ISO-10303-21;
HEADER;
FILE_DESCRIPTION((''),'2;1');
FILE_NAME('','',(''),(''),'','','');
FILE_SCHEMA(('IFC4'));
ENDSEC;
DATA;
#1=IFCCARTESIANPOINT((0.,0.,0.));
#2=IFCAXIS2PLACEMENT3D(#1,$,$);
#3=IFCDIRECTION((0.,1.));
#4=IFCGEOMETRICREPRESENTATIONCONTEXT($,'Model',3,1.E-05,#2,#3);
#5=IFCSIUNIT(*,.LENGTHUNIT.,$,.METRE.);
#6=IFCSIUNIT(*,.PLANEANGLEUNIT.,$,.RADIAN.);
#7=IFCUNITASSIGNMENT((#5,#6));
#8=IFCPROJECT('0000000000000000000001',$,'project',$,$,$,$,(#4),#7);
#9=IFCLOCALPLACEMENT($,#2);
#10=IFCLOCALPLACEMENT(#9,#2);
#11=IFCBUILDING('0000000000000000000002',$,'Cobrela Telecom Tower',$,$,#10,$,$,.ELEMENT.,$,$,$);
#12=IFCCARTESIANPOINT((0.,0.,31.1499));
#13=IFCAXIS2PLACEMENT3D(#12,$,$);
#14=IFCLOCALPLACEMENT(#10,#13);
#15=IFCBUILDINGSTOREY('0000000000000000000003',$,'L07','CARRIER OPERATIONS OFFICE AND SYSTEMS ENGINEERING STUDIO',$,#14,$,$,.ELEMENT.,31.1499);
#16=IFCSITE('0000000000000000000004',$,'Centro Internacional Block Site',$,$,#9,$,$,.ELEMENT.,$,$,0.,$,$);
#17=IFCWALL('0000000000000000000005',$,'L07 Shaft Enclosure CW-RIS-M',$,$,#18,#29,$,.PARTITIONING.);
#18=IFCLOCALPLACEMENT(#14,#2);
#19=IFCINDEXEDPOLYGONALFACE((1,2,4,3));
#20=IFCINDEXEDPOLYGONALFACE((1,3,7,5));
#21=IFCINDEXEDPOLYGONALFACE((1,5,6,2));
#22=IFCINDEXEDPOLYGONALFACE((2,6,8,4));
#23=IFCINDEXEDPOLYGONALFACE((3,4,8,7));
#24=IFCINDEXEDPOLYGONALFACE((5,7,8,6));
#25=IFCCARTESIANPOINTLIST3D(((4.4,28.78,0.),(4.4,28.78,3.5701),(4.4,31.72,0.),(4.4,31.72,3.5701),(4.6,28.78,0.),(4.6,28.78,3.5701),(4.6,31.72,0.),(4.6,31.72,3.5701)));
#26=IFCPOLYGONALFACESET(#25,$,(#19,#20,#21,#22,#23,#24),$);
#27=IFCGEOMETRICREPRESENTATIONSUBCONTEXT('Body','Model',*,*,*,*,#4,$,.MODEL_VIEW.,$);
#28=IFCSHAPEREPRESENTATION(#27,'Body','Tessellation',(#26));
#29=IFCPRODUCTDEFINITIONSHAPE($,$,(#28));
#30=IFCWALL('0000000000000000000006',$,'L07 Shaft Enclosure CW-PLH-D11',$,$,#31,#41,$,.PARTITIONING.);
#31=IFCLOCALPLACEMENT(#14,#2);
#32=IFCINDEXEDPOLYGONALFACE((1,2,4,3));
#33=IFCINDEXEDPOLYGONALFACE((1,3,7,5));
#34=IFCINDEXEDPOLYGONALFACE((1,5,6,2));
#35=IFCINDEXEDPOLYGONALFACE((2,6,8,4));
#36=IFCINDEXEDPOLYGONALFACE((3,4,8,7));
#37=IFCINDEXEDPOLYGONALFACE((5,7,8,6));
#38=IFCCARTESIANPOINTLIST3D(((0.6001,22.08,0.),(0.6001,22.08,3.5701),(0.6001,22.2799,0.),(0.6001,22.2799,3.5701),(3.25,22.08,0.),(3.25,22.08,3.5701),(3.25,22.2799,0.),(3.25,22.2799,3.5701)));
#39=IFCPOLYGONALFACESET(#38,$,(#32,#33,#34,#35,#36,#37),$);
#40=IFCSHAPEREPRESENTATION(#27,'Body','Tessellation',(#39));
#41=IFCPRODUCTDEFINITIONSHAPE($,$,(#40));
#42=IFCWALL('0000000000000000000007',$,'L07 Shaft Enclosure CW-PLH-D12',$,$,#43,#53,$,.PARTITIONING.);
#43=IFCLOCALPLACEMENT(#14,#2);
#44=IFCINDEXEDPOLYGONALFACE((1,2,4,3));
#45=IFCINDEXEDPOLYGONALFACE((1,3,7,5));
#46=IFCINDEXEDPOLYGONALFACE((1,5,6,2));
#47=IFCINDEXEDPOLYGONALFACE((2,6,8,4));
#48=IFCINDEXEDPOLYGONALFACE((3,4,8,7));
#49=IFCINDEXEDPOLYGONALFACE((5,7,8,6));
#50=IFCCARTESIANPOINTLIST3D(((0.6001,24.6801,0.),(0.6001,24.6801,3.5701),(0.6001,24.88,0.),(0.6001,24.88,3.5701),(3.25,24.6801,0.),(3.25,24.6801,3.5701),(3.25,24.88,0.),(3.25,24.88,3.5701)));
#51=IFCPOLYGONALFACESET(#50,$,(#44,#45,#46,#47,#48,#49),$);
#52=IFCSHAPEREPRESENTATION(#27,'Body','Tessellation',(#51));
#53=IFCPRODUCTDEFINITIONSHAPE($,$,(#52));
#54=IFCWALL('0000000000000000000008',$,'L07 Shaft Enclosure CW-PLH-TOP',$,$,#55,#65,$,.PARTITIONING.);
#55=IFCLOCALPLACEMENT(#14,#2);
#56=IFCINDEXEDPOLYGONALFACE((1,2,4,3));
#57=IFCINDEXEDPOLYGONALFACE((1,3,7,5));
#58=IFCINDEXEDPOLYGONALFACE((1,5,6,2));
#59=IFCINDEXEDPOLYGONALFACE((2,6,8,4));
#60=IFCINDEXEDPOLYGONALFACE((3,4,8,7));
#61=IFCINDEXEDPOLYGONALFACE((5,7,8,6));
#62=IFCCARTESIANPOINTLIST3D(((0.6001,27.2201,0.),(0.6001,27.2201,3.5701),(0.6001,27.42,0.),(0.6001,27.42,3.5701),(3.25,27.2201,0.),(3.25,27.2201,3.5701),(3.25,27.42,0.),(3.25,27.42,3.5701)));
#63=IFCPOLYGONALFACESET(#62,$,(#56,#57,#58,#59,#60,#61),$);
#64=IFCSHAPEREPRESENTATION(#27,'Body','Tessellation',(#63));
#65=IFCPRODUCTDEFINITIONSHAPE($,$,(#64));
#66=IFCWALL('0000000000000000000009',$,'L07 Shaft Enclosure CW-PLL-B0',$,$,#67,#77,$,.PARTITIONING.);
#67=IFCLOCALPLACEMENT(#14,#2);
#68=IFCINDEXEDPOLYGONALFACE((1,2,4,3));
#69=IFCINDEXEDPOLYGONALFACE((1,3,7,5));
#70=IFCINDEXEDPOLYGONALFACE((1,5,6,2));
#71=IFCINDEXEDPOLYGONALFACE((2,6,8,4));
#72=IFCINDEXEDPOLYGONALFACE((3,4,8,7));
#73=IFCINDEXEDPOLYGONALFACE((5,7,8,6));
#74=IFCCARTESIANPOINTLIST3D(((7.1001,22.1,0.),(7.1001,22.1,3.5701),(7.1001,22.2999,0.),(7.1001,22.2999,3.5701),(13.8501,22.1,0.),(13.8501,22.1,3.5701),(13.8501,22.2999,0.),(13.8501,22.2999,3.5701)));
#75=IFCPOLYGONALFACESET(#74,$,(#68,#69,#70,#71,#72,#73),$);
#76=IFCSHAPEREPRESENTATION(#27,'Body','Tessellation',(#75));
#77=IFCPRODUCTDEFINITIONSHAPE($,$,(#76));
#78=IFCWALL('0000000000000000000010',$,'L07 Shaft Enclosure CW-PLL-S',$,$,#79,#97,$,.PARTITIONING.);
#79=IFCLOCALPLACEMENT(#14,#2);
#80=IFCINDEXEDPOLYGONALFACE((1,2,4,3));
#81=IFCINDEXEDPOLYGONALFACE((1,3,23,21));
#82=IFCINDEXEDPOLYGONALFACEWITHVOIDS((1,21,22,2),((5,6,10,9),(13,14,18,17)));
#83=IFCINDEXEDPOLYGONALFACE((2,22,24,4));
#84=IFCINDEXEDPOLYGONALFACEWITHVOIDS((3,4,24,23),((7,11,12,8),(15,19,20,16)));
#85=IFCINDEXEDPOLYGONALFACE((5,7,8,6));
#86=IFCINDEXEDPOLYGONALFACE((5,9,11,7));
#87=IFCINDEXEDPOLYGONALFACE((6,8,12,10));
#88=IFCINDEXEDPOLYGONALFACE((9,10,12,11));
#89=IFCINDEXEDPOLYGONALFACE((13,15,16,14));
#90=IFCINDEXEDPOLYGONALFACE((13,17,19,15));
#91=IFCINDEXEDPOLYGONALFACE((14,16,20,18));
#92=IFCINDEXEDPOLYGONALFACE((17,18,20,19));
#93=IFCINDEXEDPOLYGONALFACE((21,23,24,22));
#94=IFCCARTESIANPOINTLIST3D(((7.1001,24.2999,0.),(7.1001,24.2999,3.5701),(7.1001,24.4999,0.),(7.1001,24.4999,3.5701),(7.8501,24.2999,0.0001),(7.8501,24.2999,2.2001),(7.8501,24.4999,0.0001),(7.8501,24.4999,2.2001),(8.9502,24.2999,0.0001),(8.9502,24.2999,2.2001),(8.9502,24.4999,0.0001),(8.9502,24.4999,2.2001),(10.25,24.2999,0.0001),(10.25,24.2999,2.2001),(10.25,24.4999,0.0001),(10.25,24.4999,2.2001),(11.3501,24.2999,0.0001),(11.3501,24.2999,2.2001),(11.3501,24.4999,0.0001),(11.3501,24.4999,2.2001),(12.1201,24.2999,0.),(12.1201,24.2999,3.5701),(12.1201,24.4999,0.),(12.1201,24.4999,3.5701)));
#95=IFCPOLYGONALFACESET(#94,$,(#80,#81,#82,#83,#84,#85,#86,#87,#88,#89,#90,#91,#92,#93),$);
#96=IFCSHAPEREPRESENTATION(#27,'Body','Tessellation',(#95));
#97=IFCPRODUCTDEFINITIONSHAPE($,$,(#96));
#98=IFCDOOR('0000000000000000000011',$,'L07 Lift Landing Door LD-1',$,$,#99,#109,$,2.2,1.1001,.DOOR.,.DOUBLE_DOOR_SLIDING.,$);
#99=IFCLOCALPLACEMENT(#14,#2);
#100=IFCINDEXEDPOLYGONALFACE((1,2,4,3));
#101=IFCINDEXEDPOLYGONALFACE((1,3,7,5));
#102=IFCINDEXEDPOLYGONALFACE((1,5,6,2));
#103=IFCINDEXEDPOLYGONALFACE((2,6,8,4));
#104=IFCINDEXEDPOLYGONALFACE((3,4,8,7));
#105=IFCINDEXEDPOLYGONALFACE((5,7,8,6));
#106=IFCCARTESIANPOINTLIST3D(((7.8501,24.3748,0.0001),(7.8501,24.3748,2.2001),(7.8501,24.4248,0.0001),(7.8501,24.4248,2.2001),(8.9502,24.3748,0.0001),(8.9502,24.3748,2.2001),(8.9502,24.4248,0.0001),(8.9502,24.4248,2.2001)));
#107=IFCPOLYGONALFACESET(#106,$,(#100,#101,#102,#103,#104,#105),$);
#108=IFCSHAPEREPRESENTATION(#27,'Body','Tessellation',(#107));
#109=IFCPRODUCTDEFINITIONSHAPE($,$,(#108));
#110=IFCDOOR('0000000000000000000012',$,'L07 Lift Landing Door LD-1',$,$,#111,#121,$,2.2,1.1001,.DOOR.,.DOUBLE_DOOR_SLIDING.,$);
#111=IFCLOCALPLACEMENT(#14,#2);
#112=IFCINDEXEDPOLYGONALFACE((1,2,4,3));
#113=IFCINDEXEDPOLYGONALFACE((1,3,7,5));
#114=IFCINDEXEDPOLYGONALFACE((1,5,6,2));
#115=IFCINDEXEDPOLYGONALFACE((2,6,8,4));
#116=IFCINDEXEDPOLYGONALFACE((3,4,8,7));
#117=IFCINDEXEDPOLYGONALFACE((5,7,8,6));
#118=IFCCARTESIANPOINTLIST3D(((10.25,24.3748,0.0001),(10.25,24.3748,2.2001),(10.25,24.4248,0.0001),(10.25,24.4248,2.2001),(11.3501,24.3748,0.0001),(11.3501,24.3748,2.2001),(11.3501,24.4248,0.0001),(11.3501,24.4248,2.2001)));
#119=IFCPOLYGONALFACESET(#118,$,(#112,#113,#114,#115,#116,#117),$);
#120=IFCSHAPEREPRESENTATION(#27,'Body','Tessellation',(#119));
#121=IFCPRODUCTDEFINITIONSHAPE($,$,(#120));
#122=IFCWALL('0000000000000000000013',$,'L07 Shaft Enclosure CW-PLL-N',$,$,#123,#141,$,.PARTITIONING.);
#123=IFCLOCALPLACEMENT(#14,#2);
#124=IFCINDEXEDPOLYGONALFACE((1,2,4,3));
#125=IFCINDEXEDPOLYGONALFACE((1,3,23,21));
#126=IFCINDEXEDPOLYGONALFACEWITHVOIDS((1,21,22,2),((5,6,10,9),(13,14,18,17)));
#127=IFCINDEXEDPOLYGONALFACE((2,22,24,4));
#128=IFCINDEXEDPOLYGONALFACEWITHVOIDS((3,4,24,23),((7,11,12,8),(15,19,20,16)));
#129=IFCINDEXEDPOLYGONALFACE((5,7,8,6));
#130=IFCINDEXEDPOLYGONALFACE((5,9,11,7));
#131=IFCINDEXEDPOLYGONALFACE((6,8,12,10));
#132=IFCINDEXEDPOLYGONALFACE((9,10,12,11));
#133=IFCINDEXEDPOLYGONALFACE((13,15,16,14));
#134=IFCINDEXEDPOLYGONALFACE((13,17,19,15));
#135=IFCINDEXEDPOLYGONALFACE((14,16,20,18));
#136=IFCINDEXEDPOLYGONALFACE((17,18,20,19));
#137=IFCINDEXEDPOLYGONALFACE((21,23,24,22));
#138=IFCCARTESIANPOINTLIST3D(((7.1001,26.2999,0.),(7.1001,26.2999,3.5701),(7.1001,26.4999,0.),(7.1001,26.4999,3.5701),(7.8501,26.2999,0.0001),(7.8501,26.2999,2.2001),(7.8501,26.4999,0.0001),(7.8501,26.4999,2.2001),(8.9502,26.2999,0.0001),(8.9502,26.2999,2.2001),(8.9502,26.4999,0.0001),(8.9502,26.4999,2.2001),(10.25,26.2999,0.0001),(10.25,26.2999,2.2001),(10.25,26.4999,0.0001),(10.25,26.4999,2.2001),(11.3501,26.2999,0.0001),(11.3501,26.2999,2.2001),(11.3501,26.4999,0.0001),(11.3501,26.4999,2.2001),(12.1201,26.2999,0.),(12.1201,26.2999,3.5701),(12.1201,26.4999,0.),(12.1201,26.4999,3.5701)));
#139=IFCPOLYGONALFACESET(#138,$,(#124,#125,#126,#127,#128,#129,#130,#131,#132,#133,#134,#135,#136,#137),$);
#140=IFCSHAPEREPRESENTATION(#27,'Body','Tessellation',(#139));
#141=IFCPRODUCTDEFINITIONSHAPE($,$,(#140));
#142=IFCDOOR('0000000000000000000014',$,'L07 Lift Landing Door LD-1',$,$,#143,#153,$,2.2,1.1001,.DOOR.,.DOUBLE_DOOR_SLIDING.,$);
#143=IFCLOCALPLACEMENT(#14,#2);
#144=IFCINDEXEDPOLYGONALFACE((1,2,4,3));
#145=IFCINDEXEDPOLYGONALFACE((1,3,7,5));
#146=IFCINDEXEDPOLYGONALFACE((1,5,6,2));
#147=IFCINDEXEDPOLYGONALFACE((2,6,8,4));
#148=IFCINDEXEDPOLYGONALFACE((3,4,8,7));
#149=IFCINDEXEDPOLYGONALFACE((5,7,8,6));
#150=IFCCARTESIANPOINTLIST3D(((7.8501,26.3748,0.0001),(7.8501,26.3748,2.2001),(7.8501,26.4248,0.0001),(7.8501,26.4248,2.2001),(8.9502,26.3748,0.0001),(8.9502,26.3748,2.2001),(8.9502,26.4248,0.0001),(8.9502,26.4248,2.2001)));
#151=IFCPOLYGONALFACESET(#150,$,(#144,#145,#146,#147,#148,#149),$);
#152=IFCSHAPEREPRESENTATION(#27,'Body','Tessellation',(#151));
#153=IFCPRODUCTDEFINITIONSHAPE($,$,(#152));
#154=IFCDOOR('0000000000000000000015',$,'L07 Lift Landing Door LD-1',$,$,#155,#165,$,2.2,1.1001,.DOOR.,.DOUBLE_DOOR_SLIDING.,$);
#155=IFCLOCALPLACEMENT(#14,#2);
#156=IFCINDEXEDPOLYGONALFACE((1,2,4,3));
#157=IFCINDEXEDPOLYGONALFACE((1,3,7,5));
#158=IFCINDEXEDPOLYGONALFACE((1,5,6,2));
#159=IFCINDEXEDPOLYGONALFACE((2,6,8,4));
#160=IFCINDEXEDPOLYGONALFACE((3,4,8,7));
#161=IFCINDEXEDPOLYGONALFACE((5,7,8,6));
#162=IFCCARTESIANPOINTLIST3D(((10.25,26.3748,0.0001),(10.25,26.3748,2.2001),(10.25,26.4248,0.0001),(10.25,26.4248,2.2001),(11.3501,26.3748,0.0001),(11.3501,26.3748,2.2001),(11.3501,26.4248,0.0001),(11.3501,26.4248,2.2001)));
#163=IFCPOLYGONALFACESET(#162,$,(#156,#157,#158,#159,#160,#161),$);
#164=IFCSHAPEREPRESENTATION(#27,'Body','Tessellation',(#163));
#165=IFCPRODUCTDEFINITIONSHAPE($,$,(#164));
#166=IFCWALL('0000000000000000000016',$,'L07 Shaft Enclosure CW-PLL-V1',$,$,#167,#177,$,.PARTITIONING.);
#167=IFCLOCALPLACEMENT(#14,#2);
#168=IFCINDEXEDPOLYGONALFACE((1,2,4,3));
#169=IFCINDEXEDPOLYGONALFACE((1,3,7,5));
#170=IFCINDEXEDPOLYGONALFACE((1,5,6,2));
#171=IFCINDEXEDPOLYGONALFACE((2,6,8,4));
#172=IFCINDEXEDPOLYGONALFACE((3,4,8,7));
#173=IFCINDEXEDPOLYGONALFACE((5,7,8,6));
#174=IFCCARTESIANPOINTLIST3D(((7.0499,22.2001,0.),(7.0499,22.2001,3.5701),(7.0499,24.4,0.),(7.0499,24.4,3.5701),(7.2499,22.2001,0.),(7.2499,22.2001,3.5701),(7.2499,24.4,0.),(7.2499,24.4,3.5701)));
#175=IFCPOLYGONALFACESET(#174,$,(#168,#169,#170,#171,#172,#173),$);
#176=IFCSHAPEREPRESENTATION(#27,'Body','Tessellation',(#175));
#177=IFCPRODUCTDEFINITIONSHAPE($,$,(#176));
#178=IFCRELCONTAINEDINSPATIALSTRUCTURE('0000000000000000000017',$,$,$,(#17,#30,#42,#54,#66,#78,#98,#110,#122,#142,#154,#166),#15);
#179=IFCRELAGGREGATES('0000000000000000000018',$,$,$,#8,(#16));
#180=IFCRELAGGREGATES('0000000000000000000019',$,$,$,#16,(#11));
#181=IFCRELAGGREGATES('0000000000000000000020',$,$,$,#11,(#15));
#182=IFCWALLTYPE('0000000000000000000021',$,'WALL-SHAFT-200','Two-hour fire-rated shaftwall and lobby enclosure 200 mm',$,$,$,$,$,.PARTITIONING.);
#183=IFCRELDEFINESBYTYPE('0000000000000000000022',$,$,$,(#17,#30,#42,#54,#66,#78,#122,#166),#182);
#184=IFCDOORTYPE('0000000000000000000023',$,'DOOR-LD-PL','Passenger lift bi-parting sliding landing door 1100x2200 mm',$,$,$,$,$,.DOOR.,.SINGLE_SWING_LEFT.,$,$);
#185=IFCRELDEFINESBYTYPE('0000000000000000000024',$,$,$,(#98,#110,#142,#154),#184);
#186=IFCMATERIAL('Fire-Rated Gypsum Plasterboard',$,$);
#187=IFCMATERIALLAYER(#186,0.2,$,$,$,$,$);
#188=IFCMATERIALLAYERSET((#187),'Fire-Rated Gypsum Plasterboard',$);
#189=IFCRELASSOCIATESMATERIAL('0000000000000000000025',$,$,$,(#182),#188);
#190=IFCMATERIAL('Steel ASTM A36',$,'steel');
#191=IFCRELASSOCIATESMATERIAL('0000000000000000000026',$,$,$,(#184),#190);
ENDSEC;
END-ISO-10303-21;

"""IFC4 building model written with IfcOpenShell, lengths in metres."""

from ifc_helpers import new_model, si_unit, direction, frame, frame_2d, origin, place, context, subcontext, project, spatial, rectangle, extrude, material, layer, layer_set, type_object, element, fill, save


model = new_model("IFC4")

# Units and contexts
model_context = context("Model", 3, precision=1e-05, world=origin(), true_north=direction((0.0, 1.0)))
body_context = subcontext(model_context, "Body", "Model", "MODEL_VIEW")
ifc_project = project(units=[si_unit("LENGTHUNIT", "METRE"), si_unit("PLANEANGLEUNIT", "RADIAN")], contexts=[model_context])

# Site, building, storey
site_placement = place(None, origin())
site = spatial("IfcSite", under=ifc_project, at=site_placement, Name="Centro Internacional Block Site", CompositionType="ELEMENT", RefElevation=0.0)
building_placement = place(site_placement, origin())
building = spatial("IfcBuilding", under=site, at=building_placement, Name="Cobrela Telecom Tower", CompositionType="ELEMENT")
storey_placement = place(building_placement, frame((0.0, 0.0, 31.1499)))
storey = spatial("IfcBuildingStorey", under=building, at=storey_placement, Name="L07", Description="CARRIER OPERATIONS OFFICE AND SYSTEMS ENGINEERING STUDIO", CompositionType="ELEMENT", Elevation=31.1499)

# Shared definitions
ifc_material_1 = material(Name="Fire-Rated Gypsum Plasterboard")
ifc_layer_1 = layer(ifc_material_1, 0.2)
ifc_layer_set_1 = layer_set([ifc_layer_1], Name="Fire-Rated Gypsum Plasterboard")
wall_type_1 = type_object("IfcWallType", Name="WALL-SHAFT-200", Description="Two-hour fire-rated shaftwall and lobby enclosure 200 mm", PredefinedType="PARTITIONING", material=ifc_layer_set_1)
ifc_material_2 = material(Name="Steel ASTM A36", Category="steel")

# Walls
wall_1_placement = place(storey_placement, frame((4.5, 28.78, 0.0), z_axis=(0.0, 0.0, 1.0), x_axis=(0.0, 1.0, 0.0)))
element("IfcWall", 1, at=wall_1_placement, inside=storey, type_object=wall_type_1, Name="L07 Shaft Enclosure CW-RIS-M", PredefinedType="PARTITIONING", context=body_context, shape_type="SweptSolid", body=[
    extrude(rectangle(XDim=2.9399, YDim=0.2, at=frame_2d((1.47, 0.0))), origin(), (0.0, 0.0, 1.0), 3.5701),
])
for number, where, z_axis, x_axis, name in (
    (2, (0.6001, 22.1799, 0.0), (0.0, 0.0, 1.0), (1.0, 0.0, 0.0), "L07 Shaft Enclosure CW-PLH-D11"),
    (3, (0.6001, 24.78, 0.0), (0.0, 0.0, 1.0), (1.0, 0.0, 0.0), "L07 Shaft Enclosure CW-PLH-D12"),
    (4, (0.6001, 27.3201, 0.0), (0.0, 0.0, 1.0), (1.0, 0.0, 0.0), "L07 Shaft Enclosure CW-PLH-TOP"),
):
    element("IfcWall", number, at=place(storey_placement, frame(where, z_axis=z_axis, x_axis=x_axis)), inside=storey, type_object=wall_type_1, Name=name, PredefinedType="PARTITIONING", context=body_context, shape_type="SweptSolid", body=[
        extrude(rectangle(XDim=2.6499, YDim=0.2, at=frame_2d((1.325, 0.0))), origin(), (0.0, 0.0, 1.0), 3.5701),
    ])
wall_2_placement = place(storey_placement, frame((7.1001, 22.2, 0.0), z_axis=(0.0, 0.0, 1.0), x_axis=(1.0, 0.0, 0.0)))
element("IfcWall", 5, at=wall_2_placement, inside=storey, type_object=wall_type_1, Name="L07 Shaft Enclosure CW-PLL-B0", PredefinedType="PARTITIONING", context=body_context, shape_type="SweptSolid", body=[
    extrude(rectangle(XDim=6.75, YDim=0.2, at=frame_2d((3.375, 0.0))), origin(), (0.0, 0.0, 1.0), 3.5701),
])

# Walls, openings, doors
wall_3_placement = place(storey_placement, frame((7.1001, 24.3999, 0.0), z_axis=(0.0, 0.0, 1.0), x_axis=(1.0, 0.0, 0.0)))
wall_3 = element("IfcWall", 6, at=wall_3_placement, inside=storey, type_object=wall_type_1, Name="L07 Shaft Enclosure CW-PLL-S", PredefinedType="PARTITIONING", context=body_context, shape_type="SweptSolid", body=[
    extrude(rectangle(XDim=5.02, YDim=0.2, at=frame_2d((2.51, 0.0))), origin(), (0.0, 0.0, 1.0), 3.5701),
])
opening_1_placement = place(wall_3_placement, frame((0.75, 0.0, 0.0)))
opening_1 = element("IfcOpeningElement", 7, at=opening_1_placement, cuts=wall_3, PredefinedType="OPENING", context=body_context, shape_type="SweptSolid", body=[
    extrude(rectangle(XDim=1.1001, YDim=2.2, at=frame_2d((0.55, 1.1001))), frame((0.0, 0.1118, 0.0), z_axis=(0.0, -1.0, 0.0), x_axis=(1.0, 0.0, 0.0)), (0.0, 0.0, 1.0), 0.2239),
])
opening_2_placement = place(wall_3_placement, frame((3.1499, 0.0, 0.0)))
opening_2 = element("IfcOpeningElement", 8, at=opening_2_placement, cuts=wall_3, PredefinedType="OPENING", context=body_context, shape_type="SweptSolid", body=[
    extrude(rectangle(XDim=1.1001, YDim=2.2, at=frame_2d((0.55, 1.1001))), frame((0.0, 0.1118, 0.0), z_axis=(0.0, -1.0, 0.0), x_axis=(1.0, 0.0, 0.0)), (0.0, 0.0, 1.0), 0.2239),
])
door_type_1 = type_object("IfcDoorType", Name="DOOR-LD-PL", Description="Passenger lift bi-parting sliding landing door 1100x2200 mm", OperationType="SINGLE_SWING_LEFT", PredefinedType="DOOR", material=ifc_material_2)
door_1_placement = place(opening_1_placement, origin())
door_1 = element("IfcDoor", 9, at=door_1_placement, inside=storey, type_object=door_type_1, Name="L07 Lift Landing Door LD-1", OperationType="DOUBLE_DOOR_SLIDING", OverallHeight=2.2, OverallWidth=1.1001, PredefinedType="DOOR", context=body_context, shape_type="SweptSolid", body=[
    extrude(rectangle(XDim=1.1001, YDim=2.2, at=frame_2d((0.55, 1.1001))), frame((0.0, 0.0249, 0.0), z_axis=(0.0, -1.0, 0.0), x_axis=(1.0, 0.0, 0.0)), (0.0, 0.0, 1.0), 0.05),
])
fill(opening_1, door_1)
door_2_placement = place(opening_2_placement, origin())
door_2 = element("IfcDoor", 10, at=door_2_placement, inside=storey, type_object=door_type_1, Name="L07 Lift Landing Door LD-1", OperationType="DOUBLE_DOOR_SLIDING", OverallHeight=2.2, OverallWidth=1.1001, PredefinedType="DOOR", context=body_context, shape_type="SweptSolid", body=[
    extrude(rectangle(XDim=1.1001, YDim=2.2, at=frame_2d((0.55, 1.1001))), frame((0.0, 0.0249, 0.0), z_axis=(0.0, -1.0, 0.0), x_axis=(1.0, 0.0, 0.0)), (0.0, 0.0, 1.0), 0.05),
])
fill(opening_2, door_2)
wall_4_placement = place(storey_placement, frame((7.1001, 26.3999, 0.0), z_axis=(0.0, 0.0, 1.0), x_axis=(1.0, 0.0, 0.0)))
wall_4 = element("IfcWall", 11, at=wall_4_placement, inside=storey, type_object=wall_type_1, Name="L07 Shaft Enclosure CW-PLL-N", PredefinedType="PARTITIONING", context=body_context, shape_type="SweptSolid", body=[
    extrude(rectangle(XDim=5.02, YDim=0.2, at=frame_2d((2.51, 0.0))), origin(), (0.0, 0.0, 1.0), 3.5701),
])
opening_3_placement = place(wall_4_placement, frame((0.75, 0.0, 0.0)))
opening_3 = element("IfcOpeningElement", 12, at=opening_3_placement, cuts=wall_4, PredefinedType="OPENING", context=body_context, shape_type="SweptSolid", body=[
    extrude(rectangle(XDim=1.1001, YDim=2.2, at=frame_2d((0.55, 1.1001))), frame((0.0, 0.1118, 0.0), z_axis=(0.0, -1.0, 0.0), x_axis=(1.0, 0.0, 0.0)), (0.0, 0.0, 1.0), 0.2239),
])
opening_4_placement = place(wall_4_placement, frame((3.1499, 0.0, 0.0)))
opening_4 = element("IfcOpeningElement", 13, at=opening_4_placement, cuts=wall_4, PredefinedType="OPENING", context=body_context, shape_type="SweptSolid", body=[
    extrude(rectangle(XDim=1.1001, YDim=2.2, at=frame_2d((0.55, 1.1001))), frame((0.0, 0.1118, 0.0), z_axis=(0.0, -1.0, 0.0), x_axis=(1.0, 0.0, 0.0)), (0.0, 0.0, 1.0), 0.2239),
])
door_3_placement = place(opening_3_placement, origin())
door_3 = element("IfcDoor", 14, at=door_3_placement, inside=storey, type_object=door_type_1, Name="L07 Lift Landing Door LD-1", OperationType="DOUBLE_DOOR_SLIDING", OverallHeight=2.2, OverallWidth=1.1001, PredefinedType="DOOR", context=body_context, shape_type="SweptSolid", body=[
    extrude(rectangle(XDim=1.1001, YDim=2.2, at=frame_2d((0.55, 1.1001))), frame((0.0, 0.0249, 0.0), z_axis=(0.0, -1.0, 0.0), x_axis=(1.0, 0.0, 0.0)), (0.0, 0.0, 1.0), 0.05),
])
fill(opening_3, door_3)
door_4_placement = place(opening_4_placement, origin())
door_4 = element("IfcDoor", 15, at=door_4_placement, inside=storey, type_object=door_type_1, Name="L07 Lift Landing Door LD-1", OperationType="DOUBLE_DOOR_SLIDING", OverallHeight=2.2, OverallWidth=1.1001, PredefinedType="DOOR", context=body_context, shape_type="SweptSolid", body=[
    extrude(rectangle(XDim=1.1001, YDim=2.2, at=frame_2d((0.55, 1.1001))), frame((0.0, 0.0249, 0.0), z_axis=(0.0, -1.0, 0.0), x_axis=(1.0, 0.0, 0.0)), (0.0, 0.0, 1.0), 0.05),
])
fill(opening_4, door_4)

# Wall
wall_5_placement = place(storey_placement, frame((7.1499, 22.2, 0.0), z_axis=(0.0, 0.0, 1.0), x_axis=(0.0, 1.0, 0.0)))
element("IfcWall", 16, at=wall_5_placement, inside=storey, type_object=wall_type_1, Name="L07 Shaft Enclosure CW-PLL-V1", PredefinedType="PARTITIONING", context=body_context, shape_type="SweptSolid", body=[
    extrude(rectangle(XDim=2.2, YDim=0.2, at=frame_2d((1.1001, 0.0))), origin(), (0.0, 0.0, 1.0), 3.5701),
])

save(model, "model.ifc")
